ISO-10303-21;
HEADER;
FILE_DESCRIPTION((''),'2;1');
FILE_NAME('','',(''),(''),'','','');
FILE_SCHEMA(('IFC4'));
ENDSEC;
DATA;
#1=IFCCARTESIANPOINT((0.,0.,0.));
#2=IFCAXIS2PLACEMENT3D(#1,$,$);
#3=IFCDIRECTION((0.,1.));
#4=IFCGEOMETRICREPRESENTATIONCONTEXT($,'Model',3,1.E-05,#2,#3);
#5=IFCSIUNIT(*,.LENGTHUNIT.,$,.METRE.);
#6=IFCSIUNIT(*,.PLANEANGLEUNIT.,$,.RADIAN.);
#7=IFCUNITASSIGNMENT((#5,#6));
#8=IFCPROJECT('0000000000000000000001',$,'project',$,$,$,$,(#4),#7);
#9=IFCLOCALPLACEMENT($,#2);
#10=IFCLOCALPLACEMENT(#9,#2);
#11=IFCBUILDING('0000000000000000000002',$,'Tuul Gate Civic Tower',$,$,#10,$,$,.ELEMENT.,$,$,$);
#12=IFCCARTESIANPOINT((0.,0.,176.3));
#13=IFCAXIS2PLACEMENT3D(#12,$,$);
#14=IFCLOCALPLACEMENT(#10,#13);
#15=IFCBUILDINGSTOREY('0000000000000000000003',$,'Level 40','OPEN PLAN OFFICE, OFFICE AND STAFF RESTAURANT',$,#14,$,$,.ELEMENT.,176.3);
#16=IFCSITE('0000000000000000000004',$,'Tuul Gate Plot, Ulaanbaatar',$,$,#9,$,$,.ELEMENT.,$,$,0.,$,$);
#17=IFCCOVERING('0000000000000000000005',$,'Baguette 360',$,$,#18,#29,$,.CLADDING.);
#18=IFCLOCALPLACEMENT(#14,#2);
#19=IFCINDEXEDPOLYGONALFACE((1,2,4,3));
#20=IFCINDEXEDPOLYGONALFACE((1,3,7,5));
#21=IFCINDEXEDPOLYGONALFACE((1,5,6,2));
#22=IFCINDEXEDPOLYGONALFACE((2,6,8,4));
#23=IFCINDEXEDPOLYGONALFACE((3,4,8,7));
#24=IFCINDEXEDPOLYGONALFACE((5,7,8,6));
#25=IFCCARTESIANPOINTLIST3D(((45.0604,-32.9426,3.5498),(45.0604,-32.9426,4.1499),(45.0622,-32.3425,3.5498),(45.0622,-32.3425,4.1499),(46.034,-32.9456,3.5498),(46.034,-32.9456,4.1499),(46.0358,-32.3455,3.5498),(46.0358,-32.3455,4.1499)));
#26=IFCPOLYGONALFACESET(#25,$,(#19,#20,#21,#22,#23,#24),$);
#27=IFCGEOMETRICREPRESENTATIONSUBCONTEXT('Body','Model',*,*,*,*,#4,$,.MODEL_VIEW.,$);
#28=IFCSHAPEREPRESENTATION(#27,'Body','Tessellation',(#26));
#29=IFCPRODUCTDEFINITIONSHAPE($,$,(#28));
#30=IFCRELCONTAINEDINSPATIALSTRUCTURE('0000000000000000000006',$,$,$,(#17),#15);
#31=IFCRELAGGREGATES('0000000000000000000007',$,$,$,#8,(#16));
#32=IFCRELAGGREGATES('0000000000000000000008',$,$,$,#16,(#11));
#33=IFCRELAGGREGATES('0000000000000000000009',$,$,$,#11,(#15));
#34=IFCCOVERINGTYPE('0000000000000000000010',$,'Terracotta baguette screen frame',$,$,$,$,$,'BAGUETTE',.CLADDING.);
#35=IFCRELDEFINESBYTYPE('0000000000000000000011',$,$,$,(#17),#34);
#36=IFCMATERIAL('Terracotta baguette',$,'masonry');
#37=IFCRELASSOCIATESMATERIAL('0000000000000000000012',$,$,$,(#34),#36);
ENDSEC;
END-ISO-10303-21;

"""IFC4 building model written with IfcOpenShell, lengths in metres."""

from ifc_helpers import new_model, si_unit, direction, frame, origin, origin_2d, place, context, subcontext, project, spatial, rectangle, extrude, material, material_profile, profile_set, type_object, element, save


model = new_model("IFC4")

# Units and contexts
model_context = context("Model", 3, precision=1e-05, world=origin(), true_north=direction((0.0, 1.0)))
body_context = subcontext(model_context, "Body", "Model", "MODEL_VIEW")
ifc_project = project(units=[si_unit("LENGTHUNIT", "METRE"), si_unit("PLANEANGLEUNIT", "RADIAN")], contexts=[model_context])

# Site, building, storey
site_placement = place(None, origin())
site = spatial("IfcSite", under=ifc_project, at=site_placement, Name="Tuul Gate Plot, Ulaanbaatar", CompositionType="ELEMENT", RefElevation=0.0)
building_placement = place(site_placement, origin())
building = spatial("IfcBuilding", under=site, at=building_placement, Name="Tuul Gate Civic Tower", CompositionType="ELEMENT")
storey_placement = place(building_placement, frame((0.0, 0.0, 176.3)))
storey = spatial("IfcBuildingStorey", under=building, at=storey_placement, Name="Level 40", Description="OPEN PLAN OFFICE, OFFICE AND STAFF RESTAURANT", CompositionType="ELEMENT", Elevation=176.3)

# Covering
ifc_material_1 = material(Name="Terracotta baguette", Category="masonry")
ifc_material_profile_1 = material_profile(ifc_material_1, rectangle(XDim=0.6001, YDim=0.6001, at=origin_2d()), Name="Terracotta baguette screen frame")
ifc_profile_set_1 = profile_set([ifc_material_profile_1], Name="Terracotta baguette")
covering_type = type_object("IfcCoveringType", Name="Terracotta baguette screen frame", ElementType="BAGUETTE", PredefinedType="CLADDING", material=ifc_profile_set_1)
covering_1_placement = place(storey_placement, frame((45.0613, -32.6426, 3.8499), z_axis=(0.999995, -0.003009, 0.0), x_axis=(0.003009, 0.999995, 0.0)))
element("IfcCovering", 1, at=covering_1_placement, inside=storey, type_object=covering_type, Name="Baguette 360", PredefinedType="CLADDING", context=body_context, shape_type="SweptSolid", body=[
    extrude(rectangle(XDim=0.6001, YDim=0.6001, at=origin_2d()), origin(), (0.0, 0.0, 1.0), 0.9736),
])

save(model, "model.ifc")
